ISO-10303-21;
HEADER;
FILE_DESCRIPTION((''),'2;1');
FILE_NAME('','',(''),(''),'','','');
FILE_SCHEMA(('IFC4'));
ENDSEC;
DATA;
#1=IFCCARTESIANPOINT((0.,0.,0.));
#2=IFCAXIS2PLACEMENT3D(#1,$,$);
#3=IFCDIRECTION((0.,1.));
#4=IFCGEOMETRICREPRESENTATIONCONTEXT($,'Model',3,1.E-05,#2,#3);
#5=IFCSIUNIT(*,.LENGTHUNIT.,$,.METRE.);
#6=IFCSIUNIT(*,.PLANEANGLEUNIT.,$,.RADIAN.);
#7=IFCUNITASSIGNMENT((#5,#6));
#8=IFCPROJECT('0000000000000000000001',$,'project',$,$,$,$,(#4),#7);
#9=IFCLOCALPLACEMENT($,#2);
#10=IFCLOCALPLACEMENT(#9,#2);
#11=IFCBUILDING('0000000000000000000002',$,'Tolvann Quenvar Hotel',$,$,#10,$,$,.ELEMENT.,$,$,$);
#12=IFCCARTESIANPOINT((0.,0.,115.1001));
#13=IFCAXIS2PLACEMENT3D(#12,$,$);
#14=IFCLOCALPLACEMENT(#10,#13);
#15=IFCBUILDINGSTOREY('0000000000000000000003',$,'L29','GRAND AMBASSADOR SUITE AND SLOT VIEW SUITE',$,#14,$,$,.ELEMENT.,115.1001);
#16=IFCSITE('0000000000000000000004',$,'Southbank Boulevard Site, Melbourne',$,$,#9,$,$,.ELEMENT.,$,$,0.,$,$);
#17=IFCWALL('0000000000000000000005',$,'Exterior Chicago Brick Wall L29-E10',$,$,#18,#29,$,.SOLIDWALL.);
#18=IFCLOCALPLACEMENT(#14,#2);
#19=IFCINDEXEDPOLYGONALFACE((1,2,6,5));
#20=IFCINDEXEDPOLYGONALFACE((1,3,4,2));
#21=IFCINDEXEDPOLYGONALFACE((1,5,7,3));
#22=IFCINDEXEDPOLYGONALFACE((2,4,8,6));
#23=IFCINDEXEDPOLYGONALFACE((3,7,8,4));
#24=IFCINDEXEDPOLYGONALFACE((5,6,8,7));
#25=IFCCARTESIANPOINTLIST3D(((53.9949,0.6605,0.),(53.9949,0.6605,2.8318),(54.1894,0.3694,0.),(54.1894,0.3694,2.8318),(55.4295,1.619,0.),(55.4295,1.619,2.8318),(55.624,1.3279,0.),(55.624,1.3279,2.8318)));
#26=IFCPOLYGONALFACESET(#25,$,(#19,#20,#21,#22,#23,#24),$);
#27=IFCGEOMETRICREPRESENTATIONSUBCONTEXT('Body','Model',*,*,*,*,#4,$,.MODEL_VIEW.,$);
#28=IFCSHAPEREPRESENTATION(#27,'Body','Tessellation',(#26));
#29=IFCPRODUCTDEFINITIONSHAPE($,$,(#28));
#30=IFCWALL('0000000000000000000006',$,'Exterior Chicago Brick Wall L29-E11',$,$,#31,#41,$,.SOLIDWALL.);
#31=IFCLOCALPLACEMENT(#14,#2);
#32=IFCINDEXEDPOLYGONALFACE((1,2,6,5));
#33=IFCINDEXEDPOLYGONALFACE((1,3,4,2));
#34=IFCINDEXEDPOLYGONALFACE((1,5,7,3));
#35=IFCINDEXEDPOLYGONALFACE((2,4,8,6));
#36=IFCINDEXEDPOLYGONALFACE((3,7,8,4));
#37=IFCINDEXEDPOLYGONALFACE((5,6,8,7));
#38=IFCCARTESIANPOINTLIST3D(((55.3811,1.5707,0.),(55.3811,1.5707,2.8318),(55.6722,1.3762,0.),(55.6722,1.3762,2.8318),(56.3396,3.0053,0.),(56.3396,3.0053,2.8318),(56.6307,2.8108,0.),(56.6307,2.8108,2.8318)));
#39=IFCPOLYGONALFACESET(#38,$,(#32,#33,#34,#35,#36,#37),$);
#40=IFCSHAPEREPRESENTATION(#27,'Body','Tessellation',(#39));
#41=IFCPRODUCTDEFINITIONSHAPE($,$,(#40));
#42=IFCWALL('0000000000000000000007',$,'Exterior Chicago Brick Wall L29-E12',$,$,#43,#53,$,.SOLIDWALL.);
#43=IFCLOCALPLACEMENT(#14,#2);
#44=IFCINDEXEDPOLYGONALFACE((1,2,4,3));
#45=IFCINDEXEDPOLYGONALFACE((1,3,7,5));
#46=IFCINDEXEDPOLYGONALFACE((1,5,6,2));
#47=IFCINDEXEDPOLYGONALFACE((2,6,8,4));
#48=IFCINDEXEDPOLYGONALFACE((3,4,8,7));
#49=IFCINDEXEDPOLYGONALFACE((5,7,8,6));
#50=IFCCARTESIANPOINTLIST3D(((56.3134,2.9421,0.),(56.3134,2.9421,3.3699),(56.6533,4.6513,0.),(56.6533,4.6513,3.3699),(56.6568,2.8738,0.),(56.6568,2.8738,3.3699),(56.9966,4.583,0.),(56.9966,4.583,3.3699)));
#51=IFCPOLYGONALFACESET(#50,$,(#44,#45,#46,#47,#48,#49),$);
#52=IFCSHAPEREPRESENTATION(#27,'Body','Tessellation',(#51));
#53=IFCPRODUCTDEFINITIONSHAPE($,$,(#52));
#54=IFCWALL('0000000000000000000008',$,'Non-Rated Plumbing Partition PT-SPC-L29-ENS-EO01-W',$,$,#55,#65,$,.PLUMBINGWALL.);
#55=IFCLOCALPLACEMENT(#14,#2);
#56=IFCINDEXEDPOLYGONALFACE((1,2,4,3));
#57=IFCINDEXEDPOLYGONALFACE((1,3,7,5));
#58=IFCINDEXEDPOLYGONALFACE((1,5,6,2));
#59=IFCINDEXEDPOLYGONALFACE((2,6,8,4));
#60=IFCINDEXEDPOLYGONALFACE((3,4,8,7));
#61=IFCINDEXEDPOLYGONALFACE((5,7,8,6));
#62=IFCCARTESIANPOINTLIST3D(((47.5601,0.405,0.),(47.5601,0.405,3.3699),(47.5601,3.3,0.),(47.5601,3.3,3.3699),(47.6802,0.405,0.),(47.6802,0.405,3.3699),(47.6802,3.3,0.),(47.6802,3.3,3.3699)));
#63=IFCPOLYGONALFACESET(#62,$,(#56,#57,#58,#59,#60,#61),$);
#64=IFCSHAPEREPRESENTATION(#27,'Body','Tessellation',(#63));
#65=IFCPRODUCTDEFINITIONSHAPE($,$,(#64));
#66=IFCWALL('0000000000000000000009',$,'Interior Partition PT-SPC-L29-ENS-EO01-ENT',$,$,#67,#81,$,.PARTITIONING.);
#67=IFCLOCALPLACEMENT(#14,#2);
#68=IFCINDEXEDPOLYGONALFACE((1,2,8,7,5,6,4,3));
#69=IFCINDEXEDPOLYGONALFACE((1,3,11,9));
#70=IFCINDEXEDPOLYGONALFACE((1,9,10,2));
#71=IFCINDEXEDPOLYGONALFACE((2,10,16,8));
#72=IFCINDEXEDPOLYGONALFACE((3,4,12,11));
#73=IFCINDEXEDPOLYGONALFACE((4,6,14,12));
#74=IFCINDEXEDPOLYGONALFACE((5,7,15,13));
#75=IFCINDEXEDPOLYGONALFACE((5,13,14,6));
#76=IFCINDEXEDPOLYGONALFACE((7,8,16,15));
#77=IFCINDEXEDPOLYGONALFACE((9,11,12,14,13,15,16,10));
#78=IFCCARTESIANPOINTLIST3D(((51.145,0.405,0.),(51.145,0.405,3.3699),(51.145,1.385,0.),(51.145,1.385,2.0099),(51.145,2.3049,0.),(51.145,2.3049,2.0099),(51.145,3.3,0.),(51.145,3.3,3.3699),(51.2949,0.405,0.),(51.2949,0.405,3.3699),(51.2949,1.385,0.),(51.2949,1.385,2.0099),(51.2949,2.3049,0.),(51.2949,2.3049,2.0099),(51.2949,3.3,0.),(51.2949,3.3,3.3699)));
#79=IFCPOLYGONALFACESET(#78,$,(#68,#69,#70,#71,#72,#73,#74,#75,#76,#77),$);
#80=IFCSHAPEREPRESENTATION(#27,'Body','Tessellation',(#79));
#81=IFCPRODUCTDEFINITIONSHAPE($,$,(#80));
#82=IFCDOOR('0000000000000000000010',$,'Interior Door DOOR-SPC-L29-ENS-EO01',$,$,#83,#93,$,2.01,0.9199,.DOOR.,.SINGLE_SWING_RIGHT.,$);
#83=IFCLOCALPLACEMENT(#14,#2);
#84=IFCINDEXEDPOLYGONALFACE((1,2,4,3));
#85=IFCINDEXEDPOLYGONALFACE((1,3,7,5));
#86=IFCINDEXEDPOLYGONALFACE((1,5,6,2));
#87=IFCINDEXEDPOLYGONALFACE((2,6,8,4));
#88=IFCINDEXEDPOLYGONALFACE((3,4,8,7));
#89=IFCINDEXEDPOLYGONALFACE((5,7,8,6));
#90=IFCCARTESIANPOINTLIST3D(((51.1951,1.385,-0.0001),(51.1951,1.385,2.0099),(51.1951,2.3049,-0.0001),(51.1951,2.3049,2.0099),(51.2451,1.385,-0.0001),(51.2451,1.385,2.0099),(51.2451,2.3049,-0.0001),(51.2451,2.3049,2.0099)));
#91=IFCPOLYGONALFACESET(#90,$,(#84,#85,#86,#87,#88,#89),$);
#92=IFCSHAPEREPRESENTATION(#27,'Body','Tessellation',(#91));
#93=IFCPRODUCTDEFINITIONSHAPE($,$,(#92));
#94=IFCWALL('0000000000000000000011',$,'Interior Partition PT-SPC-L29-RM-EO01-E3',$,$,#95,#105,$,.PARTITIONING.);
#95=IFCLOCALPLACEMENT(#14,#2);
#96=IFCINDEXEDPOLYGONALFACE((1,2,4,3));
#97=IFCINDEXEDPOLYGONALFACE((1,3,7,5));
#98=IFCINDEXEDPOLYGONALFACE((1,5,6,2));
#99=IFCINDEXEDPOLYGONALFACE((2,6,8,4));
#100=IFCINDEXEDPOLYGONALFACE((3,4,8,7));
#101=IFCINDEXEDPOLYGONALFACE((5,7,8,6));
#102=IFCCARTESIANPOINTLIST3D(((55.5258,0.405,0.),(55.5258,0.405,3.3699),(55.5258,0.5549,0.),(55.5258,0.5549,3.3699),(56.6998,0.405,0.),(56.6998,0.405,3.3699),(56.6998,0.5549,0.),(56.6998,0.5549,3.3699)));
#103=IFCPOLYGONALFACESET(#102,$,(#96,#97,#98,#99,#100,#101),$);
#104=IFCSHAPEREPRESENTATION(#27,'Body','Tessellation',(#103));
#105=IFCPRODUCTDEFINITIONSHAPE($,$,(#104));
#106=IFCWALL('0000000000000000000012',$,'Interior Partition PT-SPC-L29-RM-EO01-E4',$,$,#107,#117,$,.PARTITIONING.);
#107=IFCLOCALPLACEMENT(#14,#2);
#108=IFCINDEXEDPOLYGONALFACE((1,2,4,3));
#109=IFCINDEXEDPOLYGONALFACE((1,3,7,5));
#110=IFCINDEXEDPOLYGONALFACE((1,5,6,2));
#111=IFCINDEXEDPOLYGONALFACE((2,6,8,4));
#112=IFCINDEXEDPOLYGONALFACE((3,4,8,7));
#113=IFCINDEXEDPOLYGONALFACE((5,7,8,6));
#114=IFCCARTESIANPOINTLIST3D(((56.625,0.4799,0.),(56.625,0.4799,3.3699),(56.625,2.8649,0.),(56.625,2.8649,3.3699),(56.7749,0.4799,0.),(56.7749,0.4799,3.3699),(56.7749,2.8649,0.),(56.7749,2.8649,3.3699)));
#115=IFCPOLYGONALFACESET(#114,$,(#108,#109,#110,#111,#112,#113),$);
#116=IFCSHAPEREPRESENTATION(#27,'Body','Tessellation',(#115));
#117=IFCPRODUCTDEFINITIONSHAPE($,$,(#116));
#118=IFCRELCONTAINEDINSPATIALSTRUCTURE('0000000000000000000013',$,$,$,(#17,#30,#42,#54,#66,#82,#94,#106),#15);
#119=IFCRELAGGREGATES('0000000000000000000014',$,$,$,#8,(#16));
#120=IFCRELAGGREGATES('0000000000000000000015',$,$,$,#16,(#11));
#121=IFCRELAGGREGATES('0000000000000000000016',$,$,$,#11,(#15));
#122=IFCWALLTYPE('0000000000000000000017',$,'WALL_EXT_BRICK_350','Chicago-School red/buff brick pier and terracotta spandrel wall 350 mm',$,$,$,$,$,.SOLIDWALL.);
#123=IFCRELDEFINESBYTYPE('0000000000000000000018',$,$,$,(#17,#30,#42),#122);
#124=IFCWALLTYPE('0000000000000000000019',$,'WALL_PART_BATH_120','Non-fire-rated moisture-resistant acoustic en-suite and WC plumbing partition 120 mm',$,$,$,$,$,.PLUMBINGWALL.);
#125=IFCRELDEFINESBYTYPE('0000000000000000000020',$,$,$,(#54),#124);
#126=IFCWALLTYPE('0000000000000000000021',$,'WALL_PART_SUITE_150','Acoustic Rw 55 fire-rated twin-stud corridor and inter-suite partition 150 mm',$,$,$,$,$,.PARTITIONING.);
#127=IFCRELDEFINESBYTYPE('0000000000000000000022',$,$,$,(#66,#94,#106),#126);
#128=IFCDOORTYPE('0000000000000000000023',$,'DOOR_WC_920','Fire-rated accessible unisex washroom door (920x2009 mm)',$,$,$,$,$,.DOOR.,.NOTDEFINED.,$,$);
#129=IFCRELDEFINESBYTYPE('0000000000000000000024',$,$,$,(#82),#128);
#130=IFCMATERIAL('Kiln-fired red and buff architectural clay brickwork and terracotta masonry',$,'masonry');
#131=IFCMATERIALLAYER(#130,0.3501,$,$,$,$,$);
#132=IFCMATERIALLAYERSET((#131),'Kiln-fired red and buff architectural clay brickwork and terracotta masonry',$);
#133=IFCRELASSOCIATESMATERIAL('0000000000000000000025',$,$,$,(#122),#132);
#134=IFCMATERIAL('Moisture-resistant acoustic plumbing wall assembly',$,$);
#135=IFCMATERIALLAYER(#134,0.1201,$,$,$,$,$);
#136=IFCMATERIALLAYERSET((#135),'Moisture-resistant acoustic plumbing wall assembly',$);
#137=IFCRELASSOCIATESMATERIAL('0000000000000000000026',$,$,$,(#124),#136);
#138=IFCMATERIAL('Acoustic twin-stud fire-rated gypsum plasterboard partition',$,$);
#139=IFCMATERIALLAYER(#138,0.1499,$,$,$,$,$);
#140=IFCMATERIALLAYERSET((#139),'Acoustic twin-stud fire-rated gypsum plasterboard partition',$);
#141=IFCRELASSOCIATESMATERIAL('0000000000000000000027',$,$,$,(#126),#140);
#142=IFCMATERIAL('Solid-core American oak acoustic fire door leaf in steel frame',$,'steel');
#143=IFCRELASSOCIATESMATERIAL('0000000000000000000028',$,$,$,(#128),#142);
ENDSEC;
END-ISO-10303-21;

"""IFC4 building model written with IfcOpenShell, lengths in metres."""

from ifc_helpers import new_model, si_unit, direction, frame, frame_2d, origin, place, context, subcontext, project, spatial, rectangle, extrude, source, transform, mapped, material, layer, layer_set, type_object, type_shapes, element, fill, save


model = new_model("IFC4")

# Units and contexts
model_context = context("Model", 3, precision=1e-05, world=origin(), true_north=direction((0.0, 1.0)))
body_context = subcontext(model_context, "Body", "Model", "MODEL_VIEW")
ifc_project = project(units=[si_unit("LENGTHUNIT", "METRE"), si_unit("PLANEANGLEUNIT", "RADIAN")], contexts=[model_context])

# Site, building, storey
site_placement = place(None, origin())
site = spatial("IfcSite", under=ifc_project, at=site_placement, Name="Southbank Boulevard Site, Melbourne", CompositionType="ELEMENT", RefElevation=0.0)
building_placement = place(site_placement, origin())
building = spatial("IfcBuilding", under=site, at=building_placement, Name="Tolvann Quenvar Hotel", CompositionType="ELEMENT")
storey_placement = place(building_placement, frame((0.0, 0.0, 115.1001)))
storey = spatial("IfcBuildingStorey", under=building, at=storey_placement, Name="L29", Description="GRAND AMBASSADOR SUITE AND SLOT VIEW SUITE", CompositionType="ELEMENT", Elevation=115.1001)

# Walls
ifc_material_1 = material(Name="Kiln-fired red and buff architectural clay brickwork and terracotta masonry", Category="masonry")
ifc_layer_1 = layer(ifc_material_1, 0.3501)
ifc_layer_set_1 = layer_set([ifc_layer_1], Name="Kiln-fired red and buff architectural clay brickwork and terracotta masonry")
wall_type_1 = type_object("IfcWallType", Name="WALL_EXT_BRICK_350", Description="Chicago-School red/buff brick pier and terracotta spandrel wall 350 mm", PredefinedType="SOLIDWALL", material=ifc_layer_set_1)
for number, where, z_axis, x_axis, name in (
    (1, (54.092, 0.5149, 0.0), (0.0, 0.0, 1.0), (0.831484, 0.555549, 0.0), "Exterior Chicago Brick Wall L29-E10"),
    (2, (55.5266, 1.4734, 0.0), (0.0, 0.0, 1.0), (0.555549, 0.831484, 0.0), "Exterior Chicago Brick Wall L29-E11"),
):
    element("IfcWall", number, at=place(storey_placement, frame(where, z_axis=z_axis, x_axis=x_axis)), inside=storey, type_object=wall_type_1, Name=name, PredefinedType="SOLIDWALL", context=body_context, shape_type="SweptSolid", body=[
        extrude(rectangle(XDim=1.7253, YDim=0.3501, at=frame_2d((0.8628, 0.0))), origin(), (0.0, 0.0, 1.0), 2.8318),
    ])
wall_1_placement = place(storey_placement, frame((56.4851, 2.908, 0.0), z_axis=(0.0, 0.0, 1.0), x_axis=(0.195011, 0.980801, 0.0)))
element("IfcWall", 3, at=wall_1_placement, inside=storey, type_object=wall_type_1, Name="Exterior Chicago Brick Wall L29-E12", PredefinedType="SOLIDWALL", context=body_context, shape_type="SweptSolid", body=[
    extrude(rectangle(XDim=1.7427, YDim=0.3501, at=frame_2d((0.8713, 0.0))), origin(), (0.0, 0.0, 1.0), 3.3699),
])
ifc_material_2 = material(Name="Moisture-resistant acoustic plumbing wall assembly")
ifc_layer_2 = layer(ifc_material_2, 0.1201)
ifc_layer_set_2 = layer_set([ifc_layer_2], Name="Moisture-resistant acoustic plumbing wall assembly")
wall_type_2 = type_object("IfcWallType", Name="WALL_PART_BATH_120", Description="Non-fire-rated moisture-resistant acoustic en-suite and WC plumbing partition 120 mm", PredefinedType="PLUMBINGWALL", material=ifc_layer_set_2)
wall_2_placement = place(storey_placement, frame((47.6201, 0.405, 0.0), z_axis=(0.0, 0.0, 1.0), x_axis=(0.0, 1.0, 0.0)))
element("IfcWall", 4, at=wall_2_placement, inside=storey, type_object=wall_type_2, Name="Non-Rated Plumbing Partition PT-SPC-L29-ENS-EO01-W", PredefinedType="PLUMBINGWALL", context=body_context, shape_type="SweptSolid", body=[
    extrude(rectangle(XDim=2.895, YDim=0.1201, at=frame_2d((1.4475, 0.0))), origin(), (0.0, 0.0, 1.0), 3.3699),
])

# Wall, opening, door
ifc_material_3 = material(Name="Acoustic twin-stud fire-rated gypsum plasterboard partition")
ifc_layer_3 = layer(ifc_material_3, 0.1499)
ifc_layer_set_3 = layer_set([ifc_layer_3], Name="Acoustic twin-stud fire-rated gypsum plasterboard partition")
wall_type_3 = type_object("IfcWallType", Name="WALL_PART_SUITE_150", Description="Acoustic Rw 55 fire-rated twin-stud corridor and inter-suite partition 150 mm", PredefinedType="PARTITIONING", material=ifc_layer_set_3)
wall_3_placement = place(storey_placement, frame((51.22, 0.405, 0.0), z_axis=(0.0, 0.0, 1.0), x_axis=(0.0, 1.0, 0.0)))
wall_3 = element("IfcWall", 5, at=wall_3_placement, inside=storey, type_object=wall_type_3, Name="Interior Partition PT-SPC-L29-ENS-EO01-ENT", PredefinedType="PARTITIONING", context=body_context, shape_type="SweptSolid", body=[
    extrude(rectangle(XDim=2.895, YDim=0.1499, at=frame_2d((1.4475, 0.0))), origin(), (0.0, 0.0, 1.0), 3.3699),
])
opening_placement = place(wall_3_placement, frame((0.98, 0.0, 0.0)))
opening = element("IfcOpeningElement", 6, at=opening_placement, cuts=wall_3, PredefinedType="OPENING", context=body_context, shape_type="SweptSolid", body=[
    extrude(rectangle(XDim=0.9199, YDim=2.01, at=frame_2d((0.46, 1.0049))), frame((0.0, 0.085, 0.0), z_axis=(0.0, -1.0, 0.0), x_axis=(1.0, 0.0, 0.0)), (0.0, 0.0, 1.0), 0.1699),
])
ifc_material_4 = material(Name="Solid-core American oak acoustic fire door leaf in steel frame", Category="steel")
door_type = type_object("IfcDoorType", Name="DOOR_WC_920", Description="Fire-rated accessible unisex washroom door (920x2009 mm)", OperationType="NOTDEFINED", PredefinedType="DOOR", material=ifc_material_4)
shared_shape_1 = source(origin(), body_context, "Body", "SweptSolid", [
    extrude(rectangle(XDim=0.9199, YDim=2.01, at=frame_2d((0.46, 1.0049))), frame((0.0, 0.0249, 0.0), z_axis=(0.0, -1.0, 0.0), x_axis=(1.0, 0.0, 0.0)), (0.0, 0.0, 1.0), 0.05),
])
type_shapes(door_type, [shared_shape_1])
door_placement = place(opening_placement, origin())
door = element("IfcDoor", 7, at=door_placement, inside=storey, type_object=door_type, Name="Interior Door DOOR-SPC-L29-ENS-EO01", OperationType="SINGLE_SWING_RIGHT", OverallHeight=2.01, OverallWidth=0.9199, PredefinedType="DOOR", context=body_context, shape_type="MappedRepresentation", body=[
    mapped(shared_shape_1, transform((0.0, 0.0, 0.0), x_axis=(1.0, 0.0, 0.0), y_axis=(0.0, 1.0, 0.0), z_axis=(0.0, 0.0, 1.0), scale=1.0)),
])
fill(opening, door)

# Walls
wall_4_placement = place(storey_placement, frame((55.5259, 0.48, 0.0), z_axis=(0.0, 0.0, 1.0), x_axis=(1.0, 0.0, 0.0)))
element("IfcWall", 8, at=wall_4_placement, inside=storey, type_object=wall_type_3, Name="Interior Partition PT-SPC-L29-RM-EO01-E3", PredefinedType="PARTITIONING", context=body_context, shape_type="SweptSolid", body=[
    extrude(rectangle(XDim=1.1741, YDim=0.1499, at=frame_2d((0.5869, 0.0))), origin(), (0.0, 0.0, 1.0), 3.3699),
])
wall_5_placement = place(storey_placement, frame((56.7, 0.48, 0.0), z_axis=(0.0, 0.0, 1.0), x_axis=(0.0, 1.0, 0.0)))
element("IfcWall", 9, at=wall_5_placement, inside=storey, type_object=wall_type_3, Name="Interior Partition PT-SPC-L29-RM-EO01-E4", PredefinedType="PARTITIONING", context=body_context, shape_type="SweptSolid", body=[
    extrude(rectangle(XDim=2.385, YDim=0.1499, at=frame_2d((1.1924, 0.0))), origin(), (0.0, 0.0, 1.0), 3.3699),
])

save(model, "model.ifc")
